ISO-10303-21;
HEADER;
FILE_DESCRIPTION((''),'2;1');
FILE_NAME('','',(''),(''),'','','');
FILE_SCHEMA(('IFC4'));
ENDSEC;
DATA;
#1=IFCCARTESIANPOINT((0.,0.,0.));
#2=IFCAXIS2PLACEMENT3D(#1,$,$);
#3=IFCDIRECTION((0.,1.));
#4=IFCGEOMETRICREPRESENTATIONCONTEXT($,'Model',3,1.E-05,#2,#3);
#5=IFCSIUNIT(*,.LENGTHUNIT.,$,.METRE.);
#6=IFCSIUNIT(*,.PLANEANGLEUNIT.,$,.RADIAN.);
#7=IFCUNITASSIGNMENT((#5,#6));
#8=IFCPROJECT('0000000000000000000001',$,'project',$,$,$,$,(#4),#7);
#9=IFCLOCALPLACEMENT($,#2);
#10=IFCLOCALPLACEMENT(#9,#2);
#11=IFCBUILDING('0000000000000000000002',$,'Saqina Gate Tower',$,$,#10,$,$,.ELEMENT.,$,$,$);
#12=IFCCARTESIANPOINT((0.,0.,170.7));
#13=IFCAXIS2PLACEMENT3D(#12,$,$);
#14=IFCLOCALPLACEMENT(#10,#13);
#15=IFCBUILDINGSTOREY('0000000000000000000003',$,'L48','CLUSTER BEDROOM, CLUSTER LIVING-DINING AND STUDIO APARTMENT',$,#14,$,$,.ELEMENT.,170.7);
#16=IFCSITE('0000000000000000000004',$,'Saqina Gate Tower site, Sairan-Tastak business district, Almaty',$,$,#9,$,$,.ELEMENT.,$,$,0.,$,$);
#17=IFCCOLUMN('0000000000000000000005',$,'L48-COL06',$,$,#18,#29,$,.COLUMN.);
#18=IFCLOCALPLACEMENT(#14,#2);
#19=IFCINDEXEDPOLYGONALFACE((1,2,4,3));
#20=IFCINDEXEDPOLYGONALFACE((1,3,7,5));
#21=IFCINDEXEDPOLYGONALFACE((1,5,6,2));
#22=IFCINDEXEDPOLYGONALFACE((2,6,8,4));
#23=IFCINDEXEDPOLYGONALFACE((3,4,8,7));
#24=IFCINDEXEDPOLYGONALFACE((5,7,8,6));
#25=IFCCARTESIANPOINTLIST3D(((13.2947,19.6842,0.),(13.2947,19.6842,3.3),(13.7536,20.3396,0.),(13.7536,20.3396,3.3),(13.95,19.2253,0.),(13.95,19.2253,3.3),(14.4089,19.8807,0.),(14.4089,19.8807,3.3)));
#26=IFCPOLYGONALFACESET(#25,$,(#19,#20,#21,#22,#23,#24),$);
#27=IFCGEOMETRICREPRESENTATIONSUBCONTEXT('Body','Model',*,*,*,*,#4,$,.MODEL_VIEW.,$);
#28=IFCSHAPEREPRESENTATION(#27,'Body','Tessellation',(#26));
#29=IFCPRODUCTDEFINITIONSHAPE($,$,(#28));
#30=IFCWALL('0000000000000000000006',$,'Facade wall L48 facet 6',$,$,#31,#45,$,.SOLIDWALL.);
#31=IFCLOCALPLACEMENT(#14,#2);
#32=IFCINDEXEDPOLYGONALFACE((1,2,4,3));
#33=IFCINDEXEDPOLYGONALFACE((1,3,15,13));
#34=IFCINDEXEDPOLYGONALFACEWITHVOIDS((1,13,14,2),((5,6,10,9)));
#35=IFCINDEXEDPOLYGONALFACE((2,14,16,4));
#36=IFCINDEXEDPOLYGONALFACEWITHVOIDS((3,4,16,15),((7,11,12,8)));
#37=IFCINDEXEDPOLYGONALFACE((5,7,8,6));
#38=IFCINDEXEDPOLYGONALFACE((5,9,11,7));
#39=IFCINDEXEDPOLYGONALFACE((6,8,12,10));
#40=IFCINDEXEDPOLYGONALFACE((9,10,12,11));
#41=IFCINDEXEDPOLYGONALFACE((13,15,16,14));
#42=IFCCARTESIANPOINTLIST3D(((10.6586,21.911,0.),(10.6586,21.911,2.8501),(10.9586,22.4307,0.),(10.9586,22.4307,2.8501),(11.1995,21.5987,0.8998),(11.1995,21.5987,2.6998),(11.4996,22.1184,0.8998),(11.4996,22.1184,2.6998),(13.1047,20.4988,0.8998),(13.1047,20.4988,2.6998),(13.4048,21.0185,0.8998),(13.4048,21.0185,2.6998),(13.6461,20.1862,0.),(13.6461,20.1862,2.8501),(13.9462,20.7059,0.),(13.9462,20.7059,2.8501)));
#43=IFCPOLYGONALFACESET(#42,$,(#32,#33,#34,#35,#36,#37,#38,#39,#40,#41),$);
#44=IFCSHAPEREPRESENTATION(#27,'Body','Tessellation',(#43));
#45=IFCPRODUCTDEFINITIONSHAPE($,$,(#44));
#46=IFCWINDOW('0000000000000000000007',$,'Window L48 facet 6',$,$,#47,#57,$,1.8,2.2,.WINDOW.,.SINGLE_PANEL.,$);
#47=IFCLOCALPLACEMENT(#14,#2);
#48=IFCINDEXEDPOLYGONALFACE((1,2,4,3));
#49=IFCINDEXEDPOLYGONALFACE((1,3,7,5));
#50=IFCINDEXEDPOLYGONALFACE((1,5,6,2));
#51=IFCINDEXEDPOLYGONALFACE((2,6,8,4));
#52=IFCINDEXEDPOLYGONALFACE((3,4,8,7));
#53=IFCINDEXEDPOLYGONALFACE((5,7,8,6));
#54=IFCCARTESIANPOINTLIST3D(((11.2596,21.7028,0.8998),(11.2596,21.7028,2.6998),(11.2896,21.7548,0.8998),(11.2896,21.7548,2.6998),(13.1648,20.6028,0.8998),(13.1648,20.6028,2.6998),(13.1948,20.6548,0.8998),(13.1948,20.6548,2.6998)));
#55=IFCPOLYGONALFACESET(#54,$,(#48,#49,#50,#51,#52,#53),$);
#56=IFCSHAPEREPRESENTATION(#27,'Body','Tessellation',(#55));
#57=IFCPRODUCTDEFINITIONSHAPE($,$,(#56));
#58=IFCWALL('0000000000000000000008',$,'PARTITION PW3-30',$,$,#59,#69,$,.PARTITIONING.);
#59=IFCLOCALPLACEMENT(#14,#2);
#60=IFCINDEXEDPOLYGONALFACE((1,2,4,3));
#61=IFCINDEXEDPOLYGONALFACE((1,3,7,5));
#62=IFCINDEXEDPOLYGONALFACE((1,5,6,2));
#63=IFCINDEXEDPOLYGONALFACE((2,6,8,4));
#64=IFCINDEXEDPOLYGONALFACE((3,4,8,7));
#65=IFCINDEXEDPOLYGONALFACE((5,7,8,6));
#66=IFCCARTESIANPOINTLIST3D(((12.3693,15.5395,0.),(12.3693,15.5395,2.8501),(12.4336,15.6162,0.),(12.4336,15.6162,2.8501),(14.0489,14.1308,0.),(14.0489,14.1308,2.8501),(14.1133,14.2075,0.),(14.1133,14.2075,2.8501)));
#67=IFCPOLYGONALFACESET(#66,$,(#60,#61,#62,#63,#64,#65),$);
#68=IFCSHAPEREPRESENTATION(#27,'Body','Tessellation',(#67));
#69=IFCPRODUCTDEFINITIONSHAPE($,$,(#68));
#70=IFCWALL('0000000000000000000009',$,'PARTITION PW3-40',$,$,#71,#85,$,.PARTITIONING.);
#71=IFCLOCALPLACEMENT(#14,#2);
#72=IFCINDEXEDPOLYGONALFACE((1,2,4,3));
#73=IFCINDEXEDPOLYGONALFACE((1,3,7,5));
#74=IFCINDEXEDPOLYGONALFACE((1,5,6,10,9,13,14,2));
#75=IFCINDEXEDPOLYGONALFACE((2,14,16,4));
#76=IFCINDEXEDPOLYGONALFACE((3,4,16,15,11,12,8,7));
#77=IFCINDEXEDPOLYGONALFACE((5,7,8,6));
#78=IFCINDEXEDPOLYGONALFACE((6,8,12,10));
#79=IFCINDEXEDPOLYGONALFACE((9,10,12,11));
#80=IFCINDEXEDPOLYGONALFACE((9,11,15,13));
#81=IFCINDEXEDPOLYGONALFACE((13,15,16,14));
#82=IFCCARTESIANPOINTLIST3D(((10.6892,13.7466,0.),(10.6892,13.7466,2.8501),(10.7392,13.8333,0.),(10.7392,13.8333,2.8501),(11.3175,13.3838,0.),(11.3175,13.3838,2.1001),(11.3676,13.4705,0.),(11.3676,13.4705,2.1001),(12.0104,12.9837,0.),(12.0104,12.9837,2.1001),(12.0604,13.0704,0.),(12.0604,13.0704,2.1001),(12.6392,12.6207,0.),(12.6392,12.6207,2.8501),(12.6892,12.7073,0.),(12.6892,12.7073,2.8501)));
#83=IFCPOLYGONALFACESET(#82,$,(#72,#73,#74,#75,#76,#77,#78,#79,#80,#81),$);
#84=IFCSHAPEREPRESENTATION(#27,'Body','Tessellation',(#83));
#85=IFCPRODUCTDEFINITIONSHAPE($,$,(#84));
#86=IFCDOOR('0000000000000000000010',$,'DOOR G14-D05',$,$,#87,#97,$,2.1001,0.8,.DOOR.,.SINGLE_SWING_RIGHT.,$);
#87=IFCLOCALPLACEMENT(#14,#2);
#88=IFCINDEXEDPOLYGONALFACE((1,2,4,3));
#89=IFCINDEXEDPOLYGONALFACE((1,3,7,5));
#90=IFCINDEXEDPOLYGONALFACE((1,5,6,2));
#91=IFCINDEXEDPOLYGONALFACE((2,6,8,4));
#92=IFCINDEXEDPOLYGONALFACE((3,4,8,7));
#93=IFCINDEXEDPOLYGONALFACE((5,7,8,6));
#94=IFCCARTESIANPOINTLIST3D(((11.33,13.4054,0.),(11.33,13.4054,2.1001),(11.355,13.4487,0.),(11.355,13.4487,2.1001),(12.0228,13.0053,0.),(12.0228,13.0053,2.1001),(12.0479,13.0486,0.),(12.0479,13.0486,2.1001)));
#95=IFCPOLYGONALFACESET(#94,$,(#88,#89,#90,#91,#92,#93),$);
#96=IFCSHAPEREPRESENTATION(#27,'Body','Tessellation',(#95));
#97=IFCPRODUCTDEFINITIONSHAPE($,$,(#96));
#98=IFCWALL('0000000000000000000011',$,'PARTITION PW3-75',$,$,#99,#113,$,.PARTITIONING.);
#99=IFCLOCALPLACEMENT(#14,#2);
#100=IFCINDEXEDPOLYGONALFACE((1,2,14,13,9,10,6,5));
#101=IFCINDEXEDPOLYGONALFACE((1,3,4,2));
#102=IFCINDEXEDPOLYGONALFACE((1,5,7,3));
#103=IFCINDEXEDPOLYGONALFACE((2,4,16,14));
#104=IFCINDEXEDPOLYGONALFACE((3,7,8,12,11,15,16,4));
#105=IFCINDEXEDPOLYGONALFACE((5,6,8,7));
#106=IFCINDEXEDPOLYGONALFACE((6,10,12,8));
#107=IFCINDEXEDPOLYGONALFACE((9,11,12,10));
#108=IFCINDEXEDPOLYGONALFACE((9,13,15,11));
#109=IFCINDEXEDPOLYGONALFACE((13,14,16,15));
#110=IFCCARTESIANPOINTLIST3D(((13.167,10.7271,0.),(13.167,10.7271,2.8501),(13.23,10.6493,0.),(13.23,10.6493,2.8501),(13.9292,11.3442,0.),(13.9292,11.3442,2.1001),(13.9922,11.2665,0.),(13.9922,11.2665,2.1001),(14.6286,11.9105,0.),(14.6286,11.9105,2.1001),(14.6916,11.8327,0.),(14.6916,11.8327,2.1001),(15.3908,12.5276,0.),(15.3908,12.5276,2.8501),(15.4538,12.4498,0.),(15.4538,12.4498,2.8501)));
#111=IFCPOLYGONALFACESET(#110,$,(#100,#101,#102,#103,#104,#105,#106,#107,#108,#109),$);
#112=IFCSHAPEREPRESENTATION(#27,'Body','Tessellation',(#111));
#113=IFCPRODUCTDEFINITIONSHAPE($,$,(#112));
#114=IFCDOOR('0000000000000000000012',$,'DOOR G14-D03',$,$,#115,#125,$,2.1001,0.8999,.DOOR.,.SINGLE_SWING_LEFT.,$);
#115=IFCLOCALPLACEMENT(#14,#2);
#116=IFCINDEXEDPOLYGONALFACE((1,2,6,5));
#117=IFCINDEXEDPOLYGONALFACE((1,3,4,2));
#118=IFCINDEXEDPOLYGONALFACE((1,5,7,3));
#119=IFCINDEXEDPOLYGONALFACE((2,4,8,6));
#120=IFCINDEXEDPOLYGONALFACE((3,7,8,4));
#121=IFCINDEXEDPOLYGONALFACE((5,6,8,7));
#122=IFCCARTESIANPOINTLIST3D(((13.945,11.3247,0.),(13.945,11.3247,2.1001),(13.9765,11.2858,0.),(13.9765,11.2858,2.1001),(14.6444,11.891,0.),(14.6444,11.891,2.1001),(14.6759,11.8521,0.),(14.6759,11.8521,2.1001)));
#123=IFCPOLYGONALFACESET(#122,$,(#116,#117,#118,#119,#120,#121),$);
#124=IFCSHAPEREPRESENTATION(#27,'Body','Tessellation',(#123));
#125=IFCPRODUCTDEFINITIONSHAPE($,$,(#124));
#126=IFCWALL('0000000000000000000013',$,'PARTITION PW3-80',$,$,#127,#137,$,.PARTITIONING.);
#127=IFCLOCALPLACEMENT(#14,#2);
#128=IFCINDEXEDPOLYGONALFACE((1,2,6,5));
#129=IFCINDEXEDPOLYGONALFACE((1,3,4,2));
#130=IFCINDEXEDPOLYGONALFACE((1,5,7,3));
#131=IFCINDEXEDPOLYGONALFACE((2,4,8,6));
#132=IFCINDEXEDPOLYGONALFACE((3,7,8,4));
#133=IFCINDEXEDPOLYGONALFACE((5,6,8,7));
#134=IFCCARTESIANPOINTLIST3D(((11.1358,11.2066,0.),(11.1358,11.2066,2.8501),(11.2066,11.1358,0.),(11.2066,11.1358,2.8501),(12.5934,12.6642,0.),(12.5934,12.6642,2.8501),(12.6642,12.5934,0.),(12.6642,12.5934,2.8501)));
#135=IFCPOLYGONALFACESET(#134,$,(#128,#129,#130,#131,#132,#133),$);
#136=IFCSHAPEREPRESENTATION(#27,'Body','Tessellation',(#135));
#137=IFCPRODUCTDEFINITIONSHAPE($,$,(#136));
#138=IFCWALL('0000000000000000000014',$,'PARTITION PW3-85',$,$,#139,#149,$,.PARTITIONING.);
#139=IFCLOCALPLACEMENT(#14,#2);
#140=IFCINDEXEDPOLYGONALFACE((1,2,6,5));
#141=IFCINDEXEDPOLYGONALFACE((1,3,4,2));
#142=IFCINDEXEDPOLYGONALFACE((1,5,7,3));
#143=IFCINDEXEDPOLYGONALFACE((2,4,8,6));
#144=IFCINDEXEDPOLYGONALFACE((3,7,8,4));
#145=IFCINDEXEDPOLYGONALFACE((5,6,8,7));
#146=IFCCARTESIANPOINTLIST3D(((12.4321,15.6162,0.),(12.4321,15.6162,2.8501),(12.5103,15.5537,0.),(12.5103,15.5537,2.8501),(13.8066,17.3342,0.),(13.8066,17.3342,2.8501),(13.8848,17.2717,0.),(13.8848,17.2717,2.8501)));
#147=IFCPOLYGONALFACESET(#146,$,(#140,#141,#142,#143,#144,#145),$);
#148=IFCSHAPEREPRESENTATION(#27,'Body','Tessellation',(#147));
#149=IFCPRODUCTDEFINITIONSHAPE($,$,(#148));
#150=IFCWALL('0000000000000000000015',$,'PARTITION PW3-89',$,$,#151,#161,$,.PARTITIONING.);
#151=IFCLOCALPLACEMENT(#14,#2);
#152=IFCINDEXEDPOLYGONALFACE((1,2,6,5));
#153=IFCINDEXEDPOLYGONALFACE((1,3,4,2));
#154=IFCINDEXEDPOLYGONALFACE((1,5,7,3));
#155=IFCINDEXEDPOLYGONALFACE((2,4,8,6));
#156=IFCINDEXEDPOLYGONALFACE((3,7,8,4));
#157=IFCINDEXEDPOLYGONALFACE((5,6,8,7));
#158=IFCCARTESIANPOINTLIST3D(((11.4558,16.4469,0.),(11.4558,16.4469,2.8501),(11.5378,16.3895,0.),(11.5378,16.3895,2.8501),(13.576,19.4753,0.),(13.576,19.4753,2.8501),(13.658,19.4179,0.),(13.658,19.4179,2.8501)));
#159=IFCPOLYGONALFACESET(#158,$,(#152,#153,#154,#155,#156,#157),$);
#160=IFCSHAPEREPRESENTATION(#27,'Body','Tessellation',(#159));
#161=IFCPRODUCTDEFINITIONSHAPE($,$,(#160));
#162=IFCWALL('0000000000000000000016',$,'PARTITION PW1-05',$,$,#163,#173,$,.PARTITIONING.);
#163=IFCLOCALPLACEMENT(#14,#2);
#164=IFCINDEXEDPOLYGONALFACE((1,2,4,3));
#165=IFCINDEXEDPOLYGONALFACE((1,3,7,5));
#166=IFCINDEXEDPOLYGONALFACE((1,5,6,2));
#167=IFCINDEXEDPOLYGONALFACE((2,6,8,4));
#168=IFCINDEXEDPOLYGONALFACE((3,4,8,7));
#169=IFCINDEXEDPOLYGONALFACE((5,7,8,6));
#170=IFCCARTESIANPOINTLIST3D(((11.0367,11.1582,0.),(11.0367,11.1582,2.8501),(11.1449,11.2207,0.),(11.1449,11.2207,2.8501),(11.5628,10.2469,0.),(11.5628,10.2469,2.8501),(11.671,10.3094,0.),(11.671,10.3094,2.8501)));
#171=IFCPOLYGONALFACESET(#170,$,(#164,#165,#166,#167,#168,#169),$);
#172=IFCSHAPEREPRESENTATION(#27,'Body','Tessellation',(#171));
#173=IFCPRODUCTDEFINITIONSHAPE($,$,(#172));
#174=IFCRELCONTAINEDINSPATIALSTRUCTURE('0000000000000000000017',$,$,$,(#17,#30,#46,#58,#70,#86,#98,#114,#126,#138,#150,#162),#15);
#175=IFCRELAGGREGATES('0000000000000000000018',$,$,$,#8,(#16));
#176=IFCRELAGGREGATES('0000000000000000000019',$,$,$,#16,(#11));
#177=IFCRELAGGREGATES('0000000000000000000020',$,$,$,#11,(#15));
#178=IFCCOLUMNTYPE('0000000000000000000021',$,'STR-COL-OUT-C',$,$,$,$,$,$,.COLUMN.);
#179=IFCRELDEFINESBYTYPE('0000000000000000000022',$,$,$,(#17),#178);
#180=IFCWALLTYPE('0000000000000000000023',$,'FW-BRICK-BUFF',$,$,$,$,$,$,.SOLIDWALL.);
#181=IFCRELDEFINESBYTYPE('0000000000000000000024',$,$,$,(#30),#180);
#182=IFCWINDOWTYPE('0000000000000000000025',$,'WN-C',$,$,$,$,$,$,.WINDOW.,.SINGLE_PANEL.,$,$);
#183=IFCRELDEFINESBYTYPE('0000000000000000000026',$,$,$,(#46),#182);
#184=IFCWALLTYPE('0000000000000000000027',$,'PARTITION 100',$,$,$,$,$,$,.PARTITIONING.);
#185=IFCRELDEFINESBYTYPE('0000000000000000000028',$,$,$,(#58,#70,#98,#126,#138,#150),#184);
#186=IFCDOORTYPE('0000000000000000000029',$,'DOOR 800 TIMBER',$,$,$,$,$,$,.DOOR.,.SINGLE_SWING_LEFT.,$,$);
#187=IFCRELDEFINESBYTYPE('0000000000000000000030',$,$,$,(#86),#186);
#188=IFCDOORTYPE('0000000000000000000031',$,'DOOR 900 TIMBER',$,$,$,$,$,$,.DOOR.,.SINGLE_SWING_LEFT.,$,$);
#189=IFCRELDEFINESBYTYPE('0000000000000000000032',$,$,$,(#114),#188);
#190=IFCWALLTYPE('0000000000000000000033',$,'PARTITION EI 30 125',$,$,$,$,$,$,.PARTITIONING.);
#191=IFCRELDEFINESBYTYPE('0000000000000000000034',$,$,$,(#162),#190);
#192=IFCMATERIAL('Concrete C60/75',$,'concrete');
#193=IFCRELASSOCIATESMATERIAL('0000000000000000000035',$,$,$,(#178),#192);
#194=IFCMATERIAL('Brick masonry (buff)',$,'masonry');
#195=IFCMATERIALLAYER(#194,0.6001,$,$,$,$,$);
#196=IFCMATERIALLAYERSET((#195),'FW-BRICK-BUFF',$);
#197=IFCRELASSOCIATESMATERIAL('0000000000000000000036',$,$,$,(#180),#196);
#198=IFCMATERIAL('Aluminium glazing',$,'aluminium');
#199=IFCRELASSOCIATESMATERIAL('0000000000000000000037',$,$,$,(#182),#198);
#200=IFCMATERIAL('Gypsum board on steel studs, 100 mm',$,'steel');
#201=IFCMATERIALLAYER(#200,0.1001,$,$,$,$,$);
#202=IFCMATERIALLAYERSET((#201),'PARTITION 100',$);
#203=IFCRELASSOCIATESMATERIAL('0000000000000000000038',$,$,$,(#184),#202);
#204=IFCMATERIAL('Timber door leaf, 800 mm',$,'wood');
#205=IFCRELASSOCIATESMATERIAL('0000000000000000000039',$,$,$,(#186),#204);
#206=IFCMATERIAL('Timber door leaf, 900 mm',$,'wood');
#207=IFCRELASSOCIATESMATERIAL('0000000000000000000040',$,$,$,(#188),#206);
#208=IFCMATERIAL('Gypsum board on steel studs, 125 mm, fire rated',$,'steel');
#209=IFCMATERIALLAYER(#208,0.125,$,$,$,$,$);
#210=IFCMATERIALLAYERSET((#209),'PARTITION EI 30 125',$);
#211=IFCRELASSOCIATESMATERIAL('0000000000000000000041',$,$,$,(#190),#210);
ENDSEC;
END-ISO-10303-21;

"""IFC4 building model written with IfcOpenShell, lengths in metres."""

from ifc_helpers import new_model, si_unit, direction, frame, frame_2d, origin, origin_2d, place, context, subcontext, project, spatial, rectangle, extrude, material, layer, layer_set, material_profile, profile_set, type_object, element, fill, save


model = new_model("IFC4")

# Units and contexts
model_context = context("Model", 3, precision=1e-05, world=origin(), true_north=direction((0.0, 1.0)))
body_context = subcontext(model_context, "Body", "Model", "MODEL_VIEW")
ifc_project = project(units=[si_unit("LENGTHUNIT", "METRE"), si_unit("PLANEANGLEUNIT", "RADIAN")], contexts=[model_context])

# Site, building, storey
site_placement = place(None, origin())
site = spatial("IfcSite", under=ifc_project, at=site_placement, Name="Saqina Gate Tower site, Sairan-Tastak business district, Almaty", CompositionType="ELEMENT", RefElevation=0.0)
building_placement = place(site_placement, origin())
building = spatial("IfcBuilding", under=site, at=building_placement, Name="Saqina Gate Tower", CompositionType="ELEMENT")
storey_placement = place(building_placement, frame((0.0, 0.0, 170.7)))
storey = spatial("IfcBuildingStorey", under=building, at=storey_placement, Name="L48", Description="CLUSTER BEDROOM, CLUSTER LIVING-DINING AND STUDIO APARTMENT", CompositionType="ELEMENT", Elevation=170.7)

# Column
ifc_material_1 = material(Name="Concrete C60/75", Category="concrete")
ifc_material_profile = material_profile(ifc_material_1, rectangle(XDim=0.8, YDim=0.8, at=origin_2d()), Name="RC 800x800")
ifc_profile_set = profile_set([ifc_material_profile], Name="Concrete C60/75")
column_type = type_object("IfcColumnType", Name="STR-COL-OUT-C", PredefinedType="COLUMN", material=ifc_profile_set)
column_placement = place(storey_placement, frame((13.8518, 19.7825, 0.0), z_axis=(0.0, 0.0, 1.0), x_axis=(0.573576, 0.819152, 0.0)))
element("IfcColumn", 1, at=column_placement, inside=storey, type_object=column_type, Name="L48-COL06", PredefinedType="COLUMN", context=body_context, shape_type="SweptSolid", body=[
    extrude(rectangle(XDim=0.8, YDim=0.8, at=origin_2d()), origin(), (0.0, 0.0, 1.0), 3.3),
])

# Wall, opening, window
ifc_material_2 = material(Name="Brick masonry (buff)", Category="masonry")
ifc_layer_1 = layer(ifc_material_2, 0.6001)
ifc_layer_set_1 = layer_set([ifc_layer_1], Name="FW-BRICK-BUFF")
wall_type_1 = type_object("IfcWallType", Name="FW-BRICK-BUFF", PredefinedType="SOLIDWALL", material=ifc_layer_set_1)
wall_1_placement = place(storey_placement, frame((13.7961, 20.446, 0.0), z_axis=(0.0, 0.0, 1.0), x_axis=(-0.866026, 0.499998, 0.0)))
wall_1 = element("IfcWall", 2, at=wall_1_placement, inside=storey, type_object=wall_type_1, Name="Facade wall L48 facet 6", PredefinedType="SOLIDWALL", context=body_context, shape_type="SweptSolid", body=[
    extrude(rectangle(XDim=3.4497, YDim=0.6001, at=frame_2d((1.7249, 0.0))), origin(), (0.0, 0.0, 1.0), 2.8501),
])
opening_1_placement = place(wall_1_placement, frame((0.625, 0.0, 0.8999)))
opening_1 = element("IfcOpeningElement", 3, at=opening_1_placement, cuts=wall_1, PredefinedType="OPENING", context=body_context, shape_type="SweptSolid", body=[
    extrude(rectangle(XDim=2.2, YDim=1.8, at=frame_2d((1.1001, 0.8999))), frame((0.0, 0.312, 0.0), z_axis=(0.0, -1.0, 0.0), x_axis=(1.0, 0.0, 0.0)), (0.0, 0.0, 1.0), 0.624),
])
ifc_material_3 = material(Name="Aluminium glazing", Category="aluminium")
window_type = type_object("IfcWindowType", Name="WN-C", PartitioningType="SINGLE_PANEL", PredefinedType="WINDOW", material=ifc_material_3)
window_placement = place(opening_1_placement, origin())
window = element("IfcWindow", 4, at=window_placement, inside=storey, type_object=window_type, Name="Window L48 facet 6", OverallHeight=1.8, OverallWidth=2.2, PartitioningType="SINGLE_PANEL", PredefinedType="WINDOW", context=body_context, shape_type="SweptSolid", body=[
    extrude(rectangle(XDim=2.2, YDim=1.8, at=frame_2d((1.1001, 0.8999))), frame((0.0, 0.1799, 0.0), z_axis=(0.0, -1.0, 0.0), x_axis=(1.0, 0.0, 0.0)), (0.0, 0.0, 1.0), 0.0601),
])
fill(opening_1, window)

# Wall
ifc_material_4 = material(Name="Gypsum board on steel studs, 100 mm", Category="steel")
ifc_layer_2 = layer(ifc_material_4, 0.1001)
ifc_layer_set_2 = layer_set([ifc_layer_2], Name="PARTITION 100")
wall_type_2 = type_object("IfcWallType", Name="PARTITION 100", PredefinedType="PARTITIONING", material=ifc_layer_set_2)
wall_2_placement = place(storey_placement, frame((12.4014, 15.5779, 0.0), z_axis=(0.0, 0.0, 1.0), x_axis=(0.766209, -0.642591, 0.0)))
element("IfcWall", 5, at=wall_2_placement, inside=storey, type_object=wall_type_2, Name="PARTITION PW3-30", PredefinedType="PARTITIONING", context=body_context, shape_type="SweptSolid", body=[
    extrude(rectangle(XDim=2.1921, YDim=0.1001, at=frame_2d((1.0962, 0.0))), origin(), (0.0, 0.0, 1.0), 2.8501),
])

# Walls, openings, doors
wall_3_placement = place(storey_placement, frame((10.7141, 13.79, 0.0), z_axis=(0.0, 0.0, 1.0), x_axis=(0.865992, -0.500057, 0.0)))
wall_3 = element("IfcWall", 6, at=wall_3_placement, inside=storey, type_object=wall_type_2, Name="PARTITION PW3-40", PredefinedType="PARTITIONING", context=body_context, shape_type="SweptSolid", body=[
    extrude(rectangle(XDim=2.2517, YDim=0.1001, at=frame_2d((1.126, 0.0))), origin(), (0.0, 0.0, 1.0), 2.8501),
])
opening_2_placement = place(wall_3_placement, frame((0.7258, 0.0, 0.0)))
opening_2 = element("IfcOpeningElement", 7, at=opening_2_placement, cuts=wall_3, PredefinedType="OPENING", context=body_context, shape_type="SweptSolid", body=[
    extrude(rectangle(XDim=0.8, YDim=2.1001, at=frame_2d((0.3999, 1.05))), frame((0.0, 0.062, 0.0), z_axis=(0.0, -1.0, 0.0), x_axis=(1.0, 0.0, 0.0)), (0.0, 0.0, 1.0), 0.124),
])
ifc_material_5 = material(Name="Timber door leaf, 800 mm", Category="wood")
door_type_1 = type_object("IfcDoorType", Name="DOOR 800 TIMBER", OperationType="SINGLE_SWING_LEFT", PredefinedType="DOOR", material=ifc_material_5)
door_1_placement = place(opening_2_placement, origin())
door_1 = element("IfcDoor", 8, at=door_1_placement, inside=storey, type_object=door_type_1, Name="DOOR G14-D05", OperationType="SINGLE_SWING_RIGHT", OverallHeight=2.1001, OverallWidth=0.8, PredefinedType="DOOR", context=body_context, shape_type="SweptSolid", body=[
    extrude(rectangle(XDim=0.8, YDim=2.1001, at=frame_2d((0.3999, 1.05))), frame((0.0, 0.0249, 0.0), z_axis=(0.0, -1.0, 0.0), x_axis=(1.0, 0.0, 0.0)), (0.0, 0.0, 1.0), 0.05),
])
fill(opening_2, door_1)
wall_4_placement = place(storey_placement, frame((13.1985, 10.6882, 0.0), z_axis=(0.0, 0.0, 1.0), x_axis=(0.777201, 0.629252, 0.0)))
wall_4 = element("IfcWall", 9, at=wall_4_placement, inside=storey, type_object=wall_type_2, Name="PARTITION PW3-75", PredefinedType="PARTITIONING", context=body_context, shape_type="SweptSolid", body=[
    extrude(rectangle(XDim=2.8613, YDim=0.1001, at=frame_2d((1.4307, 0.0))), origin(), (0.0, 0.0, 1.0), 2.8501),
])
opening_3_placement = place(wall_4_placement, frame((0.9807, 0.0, 0.0)))
opening_3 = element("IfcOpeningElement", 10, at=opening_3_placement, cuts=wall_4, PredefinedType="OPENING", context=body_context, shape_type="SweptSolid", body=[
    extrude(rectangle(XDim=0.8999, YDim=2.1001, at=frame_2d((0.45, 1.05))), frame((0.0, 0.062, 0.0), z_axis=(0.0, -1.0, 0.0), x_axis=(1.0, 0.0, 0.0)), (0.0, 0.0, 1.0), 0.124),
])
ifc_material_6 = material(Name="Timber door leaf, 900 mm", Category="wood")
door_type_2 = type_object("IfcDoorType", Name="DOOR 900 TIMBER", OperationType="SINGLE_SWING_LEFT", PredefinedType="DOOR", material=ifc_material_6)
door_2_placement = place(opening_3_placement, origin())
door_2 = element("IfcDoor", 11, at=door_2_placement, inside=storey, type_object=door_type_2, Name="DOOR G14-D03", OperationType="SINGLE_SWING_LEFT", OverallHeight=2.1001, OverallWidth=0.8999, PredefinedType="DOOR", context=body_context, shape_type="SweptSolid", body=[
    extrude(rectangle(XDim=0.8999, YDim=2.1001, at=frame_2d((0.45, 1.05))), frame((0.0, 0.0249, 0.0), z_axis=(0.0, -1.0, 0.0), x_axis=(1.0, 0.0, 0.0)), (0.0, 0.0, 1.0), 0.05),
])
fill(opening_3, door_2)

# Walls
wall_5_placement = place(storey_placement, frame((11.1711, 11.1711, 0.0), z_axis=(0.0, 0.0, 1.0), x_axis=(0.707107, 0.707107, 0.0)))
element("IfcWall", 12, at=wall_5_placement, inside=storey, type_object=wall_type_2, Name="PARTITION PW3-80", PredefinedType="PARTITIONING", context=body_context, shape_type="SweptSolid", body=[
    extrude(rectangle(XDim=2.0613, YDim=0.1001, at=frame_2d((1.0308, 0.0))), origin(), (0.0, 0.0, 1.0), 2.8501),
])
wall_6_placement = place(storey_placement, frame((12.4712, 15.585, 0.0), z_axis=(0.0, 0.0, 1.0), x_axis=(0.624722, 0.780847, 0.0)))
element("IfcWall", 13, at=wall_6_placement, inside=storey, type_object=wall_type_2, Name="PARTITION PW3-85", PredefinedType="PARTITIONING", context=body_context, shape_type="SweptSolid", body=[
    extrude(rectangle(XDim=2.2002, YDim=0.1001, at=frame_2d((1.1001, 0.0))), origin(), (0.0, 0.0, 1.0), 2.8501),
])
wall_7_placement = place(storey_placement, frame((11.4968, 16.4182, 0.0), z_axis=(0.0, 0.0, 1.0), x_axis=(0.573516, 0.819195, 0.0)))
element("IfcWall", 14, at=wall_7_placement, inside=storey, type_object=wall_type_2, Name="PARTITION PW3-89", PredefinedType="PARTITIONING", context=body_context, shape_type="SweptSolid", body=[
    extrude(rectangle(XDim=3.6968, YDim=0.1001, at=frame_2d((1.8484, 0.0))), origin(), (0.0, 0.0, 1.0), 2.8501),
])
ifc_material_7 = material(Name="Gypsum board on steel studs, 125 mm, fire rated", Category="steel")
ifc_layer_3 = layer(ifc_material_7, 0.125)
ifc_layer_set_3 = layer_set([ifc_layer_3], Name="PARTITION EI 30 125")
wall_type_3 = type_object("IfcWallType", Name="PARTITION EI 30 125", PredefinedType="PARTITIONING", material=ifc_layer_set_3)
wall_8_placement = place(storey_placement, frame((11.0908, 11.1895, 0.0), z_axis=(0.0, 0.0, 1.0), x_axis=(0.499957, -0.86605, 0.0)))
element("IfcWall", 15, at=wall_8_placement, inside=storey, type_object=wall_type_3, Name="PARTITION PW1-05", PredefinedType="PARTITIONING", context=body_context, shape_type="SweptSolid", body=[
    extrude(rectangle(XDim=1.0522, YDim=0.125, at=frame_2d((0.5261, 0.0))), origin(), (0.0, 0.0, 1.0), 2.8501),
])

save(model, "model.ifc")
